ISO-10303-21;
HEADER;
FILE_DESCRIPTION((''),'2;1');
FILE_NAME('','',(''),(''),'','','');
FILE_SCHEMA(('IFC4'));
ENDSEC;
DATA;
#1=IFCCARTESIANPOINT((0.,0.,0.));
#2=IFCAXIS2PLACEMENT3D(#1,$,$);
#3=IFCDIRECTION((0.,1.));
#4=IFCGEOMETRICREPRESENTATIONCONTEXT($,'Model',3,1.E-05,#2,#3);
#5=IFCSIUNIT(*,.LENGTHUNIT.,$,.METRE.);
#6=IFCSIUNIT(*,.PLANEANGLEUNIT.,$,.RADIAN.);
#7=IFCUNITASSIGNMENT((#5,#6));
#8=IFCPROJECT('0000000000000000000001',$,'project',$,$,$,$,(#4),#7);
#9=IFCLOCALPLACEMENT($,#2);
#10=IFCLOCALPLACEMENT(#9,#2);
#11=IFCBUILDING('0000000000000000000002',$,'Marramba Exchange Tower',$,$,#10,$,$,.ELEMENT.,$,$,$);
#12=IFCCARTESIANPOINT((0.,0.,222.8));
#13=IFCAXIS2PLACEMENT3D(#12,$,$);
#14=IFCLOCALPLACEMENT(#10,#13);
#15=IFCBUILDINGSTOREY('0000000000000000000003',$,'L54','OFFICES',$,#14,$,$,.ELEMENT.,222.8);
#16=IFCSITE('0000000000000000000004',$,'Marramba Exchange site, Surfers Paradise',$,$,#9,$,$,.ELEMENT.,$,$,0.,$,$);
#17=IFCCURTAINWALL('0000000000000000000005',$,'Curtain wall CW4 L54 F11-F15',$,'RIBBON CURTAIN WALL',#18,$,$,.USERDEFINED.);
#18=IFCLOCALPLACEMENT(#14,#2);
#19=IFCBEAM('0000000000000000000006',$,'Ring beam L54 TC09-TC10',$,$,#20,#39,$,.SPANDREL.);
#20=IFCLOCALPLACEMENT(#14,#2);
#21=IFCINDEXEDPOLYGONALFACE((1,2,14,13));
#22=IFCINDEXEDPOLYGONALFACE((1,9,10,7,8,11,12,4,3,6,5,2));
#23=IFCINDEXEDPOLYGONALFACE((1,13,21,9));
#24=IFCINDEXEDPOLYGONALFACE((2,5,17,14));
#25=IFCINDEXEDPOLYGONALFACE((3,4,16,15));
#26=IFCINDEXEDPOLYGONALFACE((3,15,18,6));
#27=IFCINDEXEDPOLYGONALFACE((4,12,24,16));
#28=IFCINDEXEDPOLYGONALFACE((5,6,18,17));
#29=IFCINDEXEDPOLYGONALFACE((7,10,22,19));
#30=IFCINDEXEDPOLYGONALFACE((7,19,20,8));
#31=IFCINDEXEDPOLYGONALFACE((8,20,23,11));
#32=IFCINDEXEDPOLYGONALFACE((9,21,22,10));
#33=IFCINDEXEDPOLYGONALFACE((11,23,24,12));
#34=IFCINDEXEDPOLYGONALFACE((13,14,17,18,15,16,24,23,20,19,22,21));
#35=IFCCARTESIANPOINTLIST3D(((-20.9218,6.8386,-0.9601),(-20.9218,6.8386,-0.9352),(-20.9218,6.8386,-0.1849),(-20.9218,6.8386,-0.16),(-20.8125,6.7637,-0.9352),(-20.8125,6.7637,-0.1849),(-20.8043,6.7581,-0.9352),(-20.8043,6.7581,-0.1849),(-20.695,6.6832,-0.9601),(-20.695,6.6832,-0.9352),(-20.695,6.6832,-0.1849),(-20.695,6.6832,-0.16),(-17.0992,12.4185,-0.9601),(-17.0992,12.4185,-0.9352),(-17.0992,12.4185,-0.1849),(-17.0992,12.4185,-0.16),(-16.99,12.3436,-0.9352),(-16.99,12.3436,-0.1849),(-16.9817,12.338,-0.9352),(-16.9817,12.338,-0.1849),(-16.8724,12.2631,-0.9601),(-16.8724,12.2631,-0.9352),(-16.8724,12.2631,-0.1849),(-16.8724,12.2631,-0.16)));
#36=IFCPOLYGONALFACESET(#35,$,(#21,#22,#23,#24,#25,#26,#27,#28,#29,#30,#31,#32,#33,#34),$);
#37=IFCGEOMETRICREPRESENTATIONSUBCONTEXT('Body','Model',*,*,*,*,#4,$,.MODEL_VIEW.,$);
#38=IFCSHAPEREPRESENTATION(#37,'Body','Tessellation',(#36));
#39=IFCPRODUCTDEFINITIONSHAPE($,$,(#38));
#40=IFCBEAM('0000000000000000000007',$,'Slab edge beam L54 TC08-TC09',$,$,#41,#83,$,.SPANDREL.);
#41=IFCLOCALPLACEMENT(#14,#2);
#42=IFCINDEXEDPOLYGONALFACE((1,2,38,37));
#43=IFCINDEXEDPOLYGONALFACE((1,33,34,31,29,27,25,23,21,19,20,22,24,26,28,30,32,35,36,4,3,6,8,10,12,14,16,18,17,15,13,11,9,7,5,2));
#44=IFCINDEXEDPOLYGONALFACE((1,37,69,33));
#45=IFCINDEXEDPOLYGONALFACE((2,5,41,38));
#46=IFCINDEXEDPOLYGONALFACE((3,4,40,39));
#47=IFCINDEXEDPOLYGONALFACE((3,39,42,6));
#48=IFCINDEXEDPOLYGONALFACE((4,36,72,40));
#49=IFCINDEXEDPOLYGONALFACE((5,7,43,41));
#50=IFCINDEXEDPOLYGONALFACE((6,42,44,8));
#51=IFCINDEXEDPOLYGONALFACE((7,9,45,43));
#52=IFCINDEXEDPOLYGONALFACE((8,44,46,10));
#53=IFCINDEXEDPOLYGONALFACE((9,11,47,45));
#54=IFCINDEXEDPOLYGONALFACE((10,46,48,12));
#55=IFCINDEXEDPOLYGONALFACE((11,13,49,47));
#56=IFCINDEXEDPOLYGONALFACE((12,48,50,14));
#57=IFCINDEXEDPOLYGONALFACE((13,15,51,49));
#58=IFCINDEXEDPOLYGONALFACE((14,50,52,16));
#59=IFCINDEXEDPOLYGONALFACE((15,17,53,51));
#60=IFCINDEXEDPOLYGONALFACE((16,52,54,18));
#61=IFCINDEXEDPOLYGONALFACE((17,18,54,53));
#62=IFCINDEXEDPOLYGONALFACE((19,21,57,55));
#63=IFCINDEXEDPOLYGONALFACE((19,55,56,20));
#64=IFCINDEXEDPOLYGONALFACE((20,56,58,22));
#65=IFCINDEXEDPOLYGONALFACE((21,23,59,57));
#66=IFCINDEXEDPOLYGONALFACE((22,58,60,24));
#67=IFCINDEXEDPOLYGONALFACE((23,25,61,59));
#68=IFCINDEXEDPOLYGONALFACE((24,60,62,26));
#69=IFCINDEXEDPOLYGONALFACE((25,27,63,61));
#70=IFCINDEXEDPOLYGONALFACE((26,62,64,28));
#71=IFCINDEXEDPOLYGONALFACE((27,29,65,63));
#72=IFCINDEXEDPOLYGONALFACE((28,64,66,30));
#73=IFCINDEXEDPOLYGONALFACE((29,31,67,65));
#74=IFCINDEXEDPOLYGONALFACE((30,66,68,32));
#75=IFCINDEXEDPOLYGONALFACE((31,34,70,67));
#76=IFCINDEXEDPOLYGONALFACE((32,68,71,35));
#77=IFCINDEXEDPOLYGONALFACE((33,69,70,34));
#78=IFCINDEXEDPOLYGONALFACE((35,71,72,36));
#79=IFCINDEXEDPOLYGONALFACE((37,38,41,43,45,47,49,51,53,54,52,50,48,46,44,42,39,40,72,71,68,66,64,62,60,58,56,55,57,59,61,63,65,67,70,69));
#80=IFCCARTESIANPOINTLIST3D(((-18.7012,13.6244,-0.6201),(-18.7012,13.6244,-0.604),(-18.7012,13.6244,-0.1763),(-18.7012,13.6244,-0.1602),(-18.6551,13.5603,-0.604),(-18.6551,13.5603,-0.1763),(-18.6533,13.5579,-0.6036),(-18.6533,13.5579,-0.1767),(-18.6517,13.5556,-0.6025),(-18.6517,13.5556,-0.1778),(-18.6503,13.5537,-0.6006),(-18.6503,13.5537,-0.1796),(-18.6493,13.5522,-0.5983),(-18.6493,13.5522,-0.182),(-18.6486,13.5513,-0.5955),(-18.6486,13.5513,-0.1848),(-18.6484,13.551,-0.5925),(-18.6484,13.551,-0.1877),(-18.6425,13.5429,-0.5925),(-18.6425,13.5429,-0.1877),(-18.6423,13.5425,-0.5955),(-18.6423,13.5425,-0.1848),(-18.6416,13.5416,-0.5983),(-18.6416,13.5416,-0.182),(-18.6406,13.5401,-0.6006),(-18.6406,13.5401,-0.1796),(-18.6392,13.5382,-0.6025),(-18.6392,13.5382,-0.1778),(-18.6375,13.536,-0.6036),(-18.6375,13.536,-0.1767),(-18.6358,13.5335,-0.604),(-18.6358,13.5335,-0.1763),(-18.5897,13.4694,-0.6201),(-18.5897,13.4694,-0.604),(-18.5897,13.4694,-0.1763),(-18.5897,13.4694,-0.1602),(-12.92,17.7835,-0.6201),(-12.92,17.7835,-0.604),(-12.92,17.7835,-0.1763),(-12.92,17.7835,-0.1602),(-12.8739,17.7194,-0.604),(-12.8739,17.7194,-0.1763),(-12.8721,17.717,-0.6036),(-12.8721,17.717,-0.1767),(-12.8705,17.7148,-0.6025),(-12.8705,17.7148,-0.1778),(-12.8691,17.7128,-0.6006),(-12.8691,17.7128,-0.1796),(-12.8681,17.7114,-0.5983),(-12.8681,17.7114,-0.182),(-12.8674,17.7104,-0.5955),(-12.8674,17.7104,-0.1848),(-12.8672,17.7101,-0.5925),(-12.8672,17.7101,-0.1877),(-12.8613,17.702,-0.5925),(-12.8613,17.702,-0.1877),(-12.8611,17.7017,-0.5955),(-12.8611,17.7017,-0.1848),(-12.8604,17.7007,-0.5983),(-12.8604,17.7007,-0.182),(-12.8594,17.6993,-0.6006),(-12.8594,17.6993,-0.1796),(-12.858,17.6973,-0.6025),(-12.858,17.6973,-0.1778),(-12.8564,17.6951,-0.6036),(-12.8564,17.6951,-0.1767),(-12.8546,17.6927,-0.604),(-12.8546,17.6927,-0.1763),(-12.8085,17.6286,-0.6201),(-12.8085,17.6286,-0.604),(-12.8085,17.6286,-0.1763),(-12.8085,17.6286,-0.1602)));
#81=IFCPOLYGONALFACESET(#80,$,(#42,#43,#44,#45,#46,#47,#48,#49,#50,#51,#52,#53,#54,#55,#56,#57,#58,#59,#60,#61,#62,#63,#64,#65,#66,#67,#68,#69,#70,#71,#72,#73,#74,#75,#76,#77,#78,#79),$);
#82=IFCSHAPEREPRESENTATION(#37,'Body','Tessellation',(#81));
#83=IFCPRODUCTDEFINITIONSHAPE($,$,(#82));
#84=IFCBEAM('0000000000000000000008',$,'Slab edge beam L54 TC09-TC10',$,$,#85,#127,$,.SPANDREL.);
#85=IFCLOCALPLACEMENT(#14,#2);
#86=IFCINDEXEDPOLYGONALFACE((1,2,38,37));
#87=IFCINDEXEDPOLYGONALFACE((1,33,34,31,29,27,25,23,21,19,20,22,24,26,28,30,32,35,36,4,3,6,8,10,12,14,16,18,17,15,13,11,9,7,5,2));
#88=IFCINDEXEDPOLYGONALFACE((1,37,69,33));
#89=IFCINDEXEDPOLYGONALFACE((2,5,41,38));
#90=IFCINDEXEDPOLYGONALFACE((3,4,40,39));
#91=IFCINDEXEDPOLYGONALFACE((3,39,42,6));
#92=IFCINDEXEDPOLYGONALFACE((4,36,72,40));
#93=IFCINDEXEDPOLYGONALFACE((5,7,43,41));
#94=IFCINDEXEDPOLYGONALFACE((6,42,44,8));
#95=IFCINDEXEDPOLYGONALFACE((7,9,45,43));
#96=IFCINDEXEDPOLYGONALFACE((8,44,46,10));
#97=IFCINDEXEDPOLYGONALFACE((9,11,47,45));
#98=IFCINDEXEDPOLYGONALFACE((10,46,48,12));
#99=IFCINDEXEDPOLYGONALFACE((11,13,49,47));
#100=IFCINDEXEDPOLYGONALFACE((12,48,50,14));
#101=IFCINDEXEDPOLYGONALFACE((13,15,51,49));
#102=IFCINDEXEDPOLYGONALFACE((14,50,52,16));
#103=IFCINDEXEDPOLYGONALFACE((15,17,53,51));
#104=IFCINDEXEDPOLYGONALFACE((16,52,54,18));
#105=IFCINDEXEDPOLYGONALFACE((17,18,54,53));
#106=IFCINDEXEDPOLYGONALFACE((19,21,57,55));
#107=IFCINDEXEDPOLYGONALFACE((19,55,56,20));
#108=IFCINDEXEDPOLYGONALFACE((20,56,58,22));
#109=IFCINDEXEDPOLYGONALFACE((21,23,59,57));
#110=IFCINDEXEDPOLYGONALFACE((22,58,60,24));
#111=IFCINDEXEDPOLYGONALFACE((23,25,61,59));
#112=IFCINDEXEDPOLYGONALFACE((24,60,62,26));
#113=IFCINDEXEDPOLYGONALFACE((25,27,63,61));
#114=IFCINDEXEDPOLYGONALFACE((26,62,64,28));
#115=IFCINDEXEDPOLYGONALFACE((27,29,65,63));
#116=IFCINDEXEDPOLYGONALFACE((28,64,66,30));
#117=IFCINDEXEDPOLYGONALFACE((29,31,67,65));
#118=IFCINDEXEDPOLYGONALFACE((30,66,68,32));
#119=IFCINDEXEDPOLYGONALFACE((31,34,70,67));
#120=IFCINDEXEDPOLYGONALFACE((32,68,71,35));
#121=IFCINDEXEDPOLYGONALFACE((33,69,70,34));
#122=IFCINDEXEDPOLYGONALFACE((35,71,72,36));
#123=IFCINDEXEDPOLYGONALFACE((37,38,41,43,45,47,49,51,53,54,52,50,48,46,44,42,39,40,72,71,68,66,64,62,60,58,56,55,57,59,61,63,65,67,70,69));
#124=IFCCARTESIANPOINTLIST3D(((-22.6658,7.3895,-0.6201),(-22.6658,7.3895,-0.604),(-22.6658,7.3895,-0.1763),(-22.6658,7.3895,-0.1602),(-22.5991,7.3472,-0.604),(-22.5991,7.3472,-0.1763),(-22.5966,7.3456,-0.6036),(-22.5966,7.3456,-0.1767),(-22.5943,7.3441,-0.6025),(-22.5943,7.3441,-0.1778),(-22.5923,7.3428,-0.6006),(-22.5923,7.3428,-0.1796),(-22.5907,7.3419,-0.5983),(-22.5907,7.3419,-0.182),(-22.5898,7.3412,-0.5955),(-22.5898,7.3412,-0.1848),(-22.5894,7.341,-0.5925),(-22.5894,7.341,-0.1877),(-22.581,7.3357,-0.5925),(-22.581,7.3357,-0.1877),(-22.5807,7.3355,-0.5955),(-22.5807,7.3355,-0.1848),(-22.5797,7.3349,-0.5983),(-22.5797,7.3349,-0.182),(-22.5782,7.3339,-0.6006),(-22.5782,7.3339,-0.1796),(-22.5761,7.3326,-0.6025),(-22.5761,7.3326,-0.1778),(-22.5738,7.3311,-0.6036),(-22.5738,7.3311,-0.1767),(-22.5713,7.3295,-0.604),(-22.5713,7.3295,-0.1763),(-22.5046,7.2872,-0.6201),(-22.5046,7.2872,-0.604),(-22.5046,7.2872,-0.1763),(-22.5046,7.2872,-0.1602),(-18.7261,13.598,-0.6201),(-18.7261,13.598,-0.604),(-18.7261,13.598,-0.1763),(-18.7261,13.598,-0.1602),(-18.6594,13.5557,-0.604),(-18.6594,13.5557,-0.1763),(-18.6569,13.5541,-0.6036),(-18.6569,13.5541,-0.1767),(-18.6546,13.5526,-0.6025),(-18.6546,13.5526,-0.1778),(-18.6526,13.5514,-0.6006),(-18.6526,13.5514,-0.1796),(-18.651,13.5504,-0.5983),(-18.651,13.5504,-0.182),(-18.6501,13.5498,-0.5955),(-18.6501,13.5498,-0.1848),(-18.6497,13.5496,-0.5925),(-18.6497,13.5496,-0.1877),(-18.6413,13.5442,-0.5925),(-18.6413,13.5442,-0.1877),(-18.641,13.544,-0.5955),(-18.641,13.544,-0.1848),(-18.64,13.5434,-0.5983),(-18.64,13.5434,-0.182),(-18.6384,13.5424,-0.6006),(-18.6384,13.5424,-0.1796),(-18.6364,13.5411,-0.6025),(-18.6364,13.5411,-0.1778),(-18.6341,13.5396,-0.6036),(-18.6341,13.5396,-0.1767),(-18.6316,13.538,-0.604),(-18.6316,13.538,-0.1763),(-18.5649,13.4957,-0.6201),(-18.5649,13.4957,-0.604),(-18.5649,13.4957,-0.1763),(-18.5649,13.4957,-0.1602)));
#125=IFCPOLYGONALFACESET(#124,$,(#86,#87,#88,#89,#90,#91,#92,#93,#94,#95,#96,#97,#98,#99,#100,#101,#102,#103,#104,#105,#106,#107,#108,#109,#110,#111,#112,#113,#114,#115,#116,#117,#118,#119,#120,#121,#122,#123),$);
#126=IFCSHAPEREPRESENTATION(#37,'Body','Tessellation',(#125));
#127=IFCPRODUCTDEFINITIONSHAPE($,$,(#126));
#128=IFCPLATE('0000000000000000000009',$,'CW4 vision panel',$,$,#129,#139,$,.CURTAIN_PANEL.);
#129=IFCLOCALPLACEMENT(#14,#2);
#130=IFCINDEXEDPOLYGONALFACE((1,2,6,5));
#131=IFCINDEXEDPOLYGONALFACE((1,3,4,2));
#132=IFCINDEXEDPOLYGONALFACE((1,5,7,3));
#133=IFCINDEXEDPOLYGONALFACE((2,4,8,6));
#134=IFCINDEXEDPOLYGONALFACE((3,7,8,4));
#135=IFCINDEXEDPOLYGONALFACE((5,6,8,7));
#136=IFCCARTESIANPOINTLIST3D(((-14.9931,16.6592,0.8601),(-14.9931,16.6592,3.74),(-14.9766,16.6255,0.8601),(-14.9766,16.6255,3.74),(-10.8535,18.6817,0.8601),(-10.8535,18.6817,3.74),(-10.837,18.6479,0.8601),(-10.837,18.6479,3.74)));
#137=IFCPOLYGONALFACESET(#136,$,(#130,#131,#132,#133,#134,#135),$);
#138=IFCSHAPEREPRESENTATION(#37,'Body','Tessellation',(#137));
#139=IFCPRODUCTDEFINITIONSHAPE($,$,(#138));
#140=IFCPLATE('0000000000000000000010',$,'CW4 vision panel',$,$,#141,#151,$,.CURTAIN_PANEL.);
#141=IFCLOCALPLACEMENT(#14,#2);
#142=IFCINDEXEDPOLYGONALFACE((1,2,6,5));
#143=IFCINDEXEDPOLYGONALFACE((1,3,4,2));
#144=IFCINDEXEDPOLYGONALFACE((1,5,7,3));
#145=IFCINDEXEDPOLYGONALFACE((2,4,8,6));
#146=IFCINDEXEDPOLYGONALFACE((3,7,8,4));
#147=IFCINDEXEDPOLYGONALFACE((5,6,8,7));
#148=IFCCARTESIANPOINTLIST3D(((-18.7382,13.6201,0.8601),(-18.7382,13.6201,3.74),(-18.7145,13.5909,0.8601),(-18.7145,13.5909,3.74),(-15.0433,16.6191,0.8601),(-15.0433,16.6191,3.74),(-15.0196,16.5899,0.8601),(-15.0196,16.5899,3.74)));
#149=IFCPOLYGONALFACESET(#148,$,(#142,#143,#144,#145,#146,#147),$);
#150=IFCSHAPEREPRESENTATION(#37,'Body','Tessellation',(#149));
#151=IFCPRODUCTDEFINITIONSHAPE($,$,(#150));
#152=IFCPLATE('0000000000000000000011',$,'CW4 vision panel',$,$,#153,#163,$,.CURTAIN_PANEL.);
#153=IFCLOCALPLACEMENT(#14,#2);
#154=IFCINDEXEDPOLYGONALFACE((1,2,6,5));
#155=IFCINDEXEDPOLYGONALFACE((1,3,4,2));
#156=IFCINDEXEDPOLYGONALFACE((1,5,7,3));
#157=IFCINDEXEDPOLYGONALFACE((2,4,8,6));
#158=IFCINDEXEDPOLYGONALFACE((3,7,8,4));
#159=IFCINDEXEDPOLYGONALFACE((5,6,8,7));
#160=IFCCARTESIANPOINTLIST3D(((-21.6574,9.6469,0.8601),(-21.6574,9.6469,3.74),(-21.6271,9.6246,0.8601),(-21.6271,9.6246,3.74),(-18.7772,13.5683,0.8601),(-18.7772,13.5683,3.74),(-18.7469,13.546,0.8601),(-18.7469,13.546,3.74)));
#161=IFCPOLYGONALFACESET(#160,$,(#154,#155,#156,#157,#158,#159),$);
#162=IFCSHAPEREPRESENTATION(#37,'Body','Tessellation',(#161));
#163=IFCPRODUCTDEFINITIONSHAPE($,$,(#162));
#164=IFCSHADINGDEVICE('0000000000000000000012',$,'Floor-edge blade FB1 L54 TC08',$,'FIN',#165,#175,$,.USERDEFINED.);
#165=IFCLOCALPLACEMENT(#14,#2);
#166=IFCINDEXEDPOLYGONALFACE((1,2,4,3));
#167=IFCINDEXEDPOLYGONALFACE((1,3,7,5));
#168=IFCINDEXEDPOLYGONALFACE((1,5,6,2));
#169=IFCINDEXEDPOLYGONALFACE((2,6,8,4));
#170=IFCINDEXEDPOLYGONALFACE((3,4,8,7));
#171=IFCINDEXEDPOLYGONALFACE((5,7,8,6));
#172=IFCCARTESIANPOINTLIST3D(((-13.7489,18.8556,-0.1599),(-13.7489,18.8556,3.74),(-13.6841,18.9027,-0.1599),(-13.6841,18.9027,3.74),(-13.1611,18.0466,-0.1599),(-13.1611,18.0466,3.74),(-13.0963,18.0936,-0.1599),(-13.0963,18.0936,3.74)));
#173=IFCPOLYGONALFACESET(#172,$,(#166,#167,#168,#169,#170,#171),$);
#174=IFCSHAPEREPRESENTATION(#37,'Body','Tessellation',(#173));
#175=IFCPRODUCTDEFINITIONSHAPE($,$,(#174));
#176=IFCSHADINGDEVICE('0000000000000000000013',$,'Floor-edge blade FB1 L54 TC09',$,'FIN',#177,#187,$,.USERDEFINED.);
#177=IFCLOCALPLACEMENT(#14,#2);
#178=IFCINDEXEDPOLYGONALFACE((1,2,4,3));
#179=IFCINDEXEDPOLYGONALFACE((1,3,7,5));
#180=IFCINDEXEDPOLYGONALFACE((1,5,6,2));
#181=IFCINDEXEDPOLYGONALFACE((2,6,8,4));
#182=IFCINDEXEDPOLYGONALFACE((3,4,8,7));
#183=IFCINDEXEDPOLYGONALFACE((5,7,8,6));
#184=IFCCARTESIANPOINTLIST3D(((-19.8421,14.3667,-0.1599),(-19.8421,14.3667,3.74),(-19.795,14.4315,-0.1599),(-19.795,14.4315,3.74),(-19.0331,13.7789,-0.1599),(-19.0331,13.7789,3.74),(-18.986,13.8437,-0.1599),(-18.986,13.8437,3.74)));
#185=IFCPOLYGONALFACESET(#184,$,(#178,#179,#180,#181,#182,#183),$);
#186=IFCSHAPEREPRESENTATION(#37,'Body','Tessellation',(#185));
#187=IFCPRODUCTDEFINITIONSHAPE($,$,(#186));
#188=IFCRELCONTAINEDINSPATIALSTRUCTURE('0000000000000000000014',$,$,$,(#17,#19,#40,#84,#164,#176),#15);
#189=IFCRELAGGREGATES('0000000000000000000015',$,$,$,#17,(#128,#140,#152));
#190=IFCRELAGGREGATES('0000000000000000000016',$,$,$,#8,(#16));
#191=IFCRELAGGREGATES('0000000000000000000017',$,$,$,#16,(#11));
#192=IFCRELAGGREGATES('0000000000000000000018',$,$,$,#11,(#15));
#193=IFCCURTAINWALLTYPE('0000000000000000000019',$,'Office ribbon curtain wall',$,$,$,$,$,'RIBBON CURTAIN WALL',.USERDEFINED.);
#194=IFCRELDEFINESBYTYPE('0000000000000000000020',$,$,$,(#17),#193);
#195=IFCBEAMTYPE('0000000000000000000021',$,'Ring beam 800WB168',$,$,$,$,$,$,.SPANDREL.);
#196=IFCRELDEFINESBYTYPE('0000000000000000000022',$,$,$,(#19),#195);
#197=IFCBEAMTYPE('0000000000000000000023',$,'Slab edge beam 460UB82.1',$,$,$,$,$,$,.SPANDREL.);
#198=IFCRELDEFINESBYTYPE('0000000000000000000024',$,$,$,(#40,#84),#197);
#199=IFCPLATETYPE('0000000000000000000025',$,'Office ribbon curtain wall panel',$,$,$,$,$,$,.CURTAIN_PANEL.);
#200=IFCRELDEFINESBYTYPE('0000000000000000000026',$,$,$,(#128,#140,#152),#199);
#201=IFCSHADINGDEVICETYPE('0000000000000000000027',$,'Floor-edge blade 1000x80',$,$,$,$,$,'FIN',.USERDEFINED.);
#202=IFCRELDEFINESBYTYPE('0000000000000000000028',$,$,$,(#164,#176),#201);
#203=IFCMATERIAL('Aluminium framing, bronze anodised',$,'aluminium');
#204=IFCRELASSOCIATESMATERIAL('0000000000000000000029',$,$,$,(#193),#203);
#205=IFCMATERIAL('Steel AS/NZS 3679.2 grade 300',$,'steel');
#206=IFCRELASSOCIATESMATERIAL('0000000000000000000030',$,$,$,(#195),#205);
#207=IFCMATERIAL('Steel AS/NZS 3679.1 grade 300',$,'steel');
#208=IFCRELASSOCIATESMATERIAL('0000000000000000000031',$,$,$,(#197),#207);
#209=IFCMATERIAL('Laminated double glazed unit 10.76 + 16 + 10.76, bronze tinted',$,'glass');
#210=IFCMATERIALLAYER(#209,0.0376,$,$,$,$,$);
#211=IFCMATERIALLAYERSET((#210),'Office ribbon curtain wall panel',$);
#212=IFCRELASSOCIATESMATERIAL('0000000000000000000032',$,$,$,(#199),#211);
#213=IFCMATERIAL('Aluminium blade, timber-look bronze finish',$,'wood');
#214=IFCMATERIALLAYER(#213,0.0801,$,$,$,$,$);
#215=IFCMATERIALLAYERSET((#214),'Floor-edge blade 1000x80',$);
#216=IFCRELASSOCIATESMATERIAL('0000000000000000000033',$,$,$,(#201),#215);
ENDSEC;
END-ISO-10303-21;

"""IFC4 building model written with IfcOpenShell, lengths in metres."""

from ifc_helpers import new_model, si_unit, direction, frame, origin, origin_2d, place, context, subcontext, project, spatial, rectangle, i_section, extrude, material, layer, layer_set, material_profile, profile_set, type_object, element, aggregate, save


model = new_model("IFC4")

# Units and contexts
model_context = context("Model", 3, precision=1e-05, world=origin(), true_north=direction((0.0, 1.0)))
body_context = subcontext(model_context, "Body", "Model", "MODEL_VIEW")
ifc_project = project(units=[si_unit("LENGTHUNIT", "METRE"), si_unit("PLANEANGLEUNIT", "RADIAN")], contexts=[model_context])

# Site, building, storey
site_placement = place(None, origin())
site = spatial("IfcSite", under=ifc_project, at=site_placement, Name="Marramba Exchange site, Surfers Paradise", CompositionType="ELEMENT", RefElevation=0.0)
building_placement = place(site_placement, origin())
building = spatial("IfcBuilding", under=site, at=building_placement, Name="Marramba Exchange Tower", CompositionType="ELEMENT")
storey_placement = place(building_placement, frame((0.0, 0.0, 222.8)))
storey = spatial("IfcBuildingStorey", under=building, at=storey_placement, Name="L54", Description="OFFICES", CompositionType="ELEMENT", Elevation=222.8)

# Shared definitions
ifc_material_1 = material(Name="Steel AS/NZS 3679.2 grade 300", Category="steel")
ifc_material_2 = material(Name="Steel AS/NZS 3679.1 grade 300", Category="steel")

# Curtain wall
ifc_material_3 = material(Name="Aluminium framing, bronze anodised", Category="aluminium")
curtain_wall_type = type_object("IfcCurtainWallType", Name="Office ribbon curtain wall", ElementType="RIBBON CURTAIN WALL", PredefinedType="USERDEFINED", material=ifc_material_3)
curtain_wall_placement = place(storey_placement, origin())
curtain_wall = element("IfcCurtainWall", 1, at=curtain_wall_placement, inside=storey, type_object=curtain_wall_type, Name="Curtain wall CW4 L54 F11-F15", ObjectType="RIBBON CURTAIN WALL", PredefinedType="USERDEFINED")

# Beams
ifc_material_profile_1 = material_profile(ifc_material_1, i_section(OverallWidth=0.2749, OverallDepth=0.8, WebThickness=0.01, FlangeThickness=0.0249, at=origin_2d()), Name="800WB168")
ifc_profile_set_1 = profile_set([ifc_material_profile_1], Name="Steel AS/NZS 3679.2 grade 300")
beam_type_1 = type_object("IfcBeamType", Name="Ring beam 800WB168", PredefinedType="SPANDREL", material=ifc_profile_set_1)
beam_1_placement = place(storey_placement, frame((-16.9858, 12.3408, -0.5601), z_axis=(-0.56516, -0.824981, 0.0), x_axis=(0.824981, -0.56516, 0.0)))
element("IfcBeam", 2, at=beam_1_placement, inside=storey, type_object=beam_type_1, Name="Ring beam L54 TC09-TC10", PredefinedType="SPANDREL", context=body_context, shape_type="SweptSolid", body=[
    extrude(i_section(OverallWidth=0.2749, OverallDepth=0.8, WebThickness=0.01, FlangeThickness=0.0249, at=origin_2d()), origin(), (0.0, 0.0, 1.0), 6.7637),
])
ifc_material_profile_2 = material_profile(ifc_material_2, i_section(OverallWidth=0.1909, OverallDepth=0.46, WebThickness=0.01, FlangeThickness=0.0161, FilletRadius=0.0115, at=origin_2d()), Name="460UB82.1")
ifc_profile_set_2 = profile_set([ifc_material_profile_2], Name="Steel AS/NZS 3679.1 grade 300")
beam_type_2 = type_object("IfcBeamType", Name="Slab edge beam 460UB82.1", PredefinedType="SPANDREL", material=ifc_profile_set_2)
beam_2_placement = place(storey_placement, frame((-12.8643, 17.7061, -0.3901), z_axis=(-0.811755, -0.583998, 0.0), x_axis=(0.583998, -0.811755, 0.0)))
element("IfcBeam", 3, at=beam_2_placement, inside=storey, type_object=beam_type_2, Name="Slab edge beam L54 TC08-TC09", PredefinedType="SPANDREL", context=body_context, shape_type="SweptSolid", body=[
    extrude(i_section(OverallWidth=0.1909, OverallDepth=0.46, WebThickness=0.01, FlangeThickness=0.0161, FilletRadius=0.0115, at=origin_2d()), origin(), (0.0, 0.0, 1.0), 7.1218),
])
beam_3_placement = place(storey_placement, frame((-18.6455, 13.5469, -0.3901), z_axis=(-0.535794, -0.844348, 0.0), x_axis=(0.844348, -0.535794, 0.0)))
element("IfcBeam", 4, at=beam_3_placement, inside=storey, type_object=beam_type_2, Name="Slab edge beam L54 TC09-TC10", PredefinedType="SPANDREL", context=body_context, shape_type="SweptSolid", body=[
    extrude(i_section(OverallWidth=0.1909, OverallDepth=0.46, WebThickness=0.01, FlangeThickness=0.0161, FilletRadius=0.0115, at=origin_2d()), origin(), (0.0, 0.0, 1.0), 7.353),
])

# Plates
ifc_material_4 = material(Name="Laminated double glazed unit 10.76 + 16 + 10.76, bronze tinted", Category="glass")
ifc_layer_1 = layer(ifc_material_4, 0.0376)
ifc_layer_set_1 = layer_set([ifc_layer_1], Name="Office ribbon curtain wall panel")
plate_type = type_object("IfcPlateType", Name="Office ribbon curtain wall panel", PredefinedType="CURTAIN_PANEL", material=ifc_layer_set_1)
plate_1_placement = place(storey_placement, frame((-12.915, 17.6536, 0.8601), z_axis=(0.0, 0.0, 1.0), x_axis=(-0.898501, -0.438972, 0.0)))
plate_1 = element("IfcPlate", 5, at=plate_1_placement, type_object=plate_type, Name="CW4 vision panel", PredefinedType="CURTAIN_PANEL", context=body_context, shape_type="SweptSolid", body=[
    extrude(rectangle(XDim=4.6072, YDim=0.0376, at=origin_2d()), origin(), (0.0, 0.0, 1.0), 2.8799),
])
plate_2_placement = place(storey_placement, frame((-16.8789, 15.105, 0.8601), z_axis=(0.0, 0.0, 1.0), x_axis=(-0.776432, -0.630201, 0.0)))
plate_2 = element("IfcPlate", 6, at=plate_2_placement, type_object=plate_type, Name="CW4 vision panel", PredefinedType="CURTAIN_PANEL", context=body_context, shape_type="SweptSolid", body=[
    extrude(rectangle(XDim=4.7588, YDim=0.0376, at=origin_2d()), origin(), (0.0, 0.0, 1.0), 2.8799),
])
plate_3_placement = place(storey_placement, frame((-20.2021, 11.5964, 0.8601), z_axis=(0.0, 0.0, 1.0), x_axis=(-0.591963, -0.805965, 0.0)))
plate_3 = element("IfcPlate", 7, at=plate_3_placement, type_object=plate_type, Name="CW4 vision panel", PredefinedType="CURTAIN_PANEL", context=body_context, shape_type="SweptSolid", body=[
    extrude(rectangle(XDim=4.8655, YDim=0.0376, at=origin_2d()), origin(), (0.0, 0.0, 1.0), 2.8799),
])
aggregate(curtain_wall, [plate_1, plate_2, plate_3])

# Shading devices
ifc_material_5 = material(Name="Aluminium blade, timber-look bronze finish", Category="wood")
ifc_layer_2 = layer(ifc_material_5, 0.0801)
ifc_layer_set_2 = layer_set([ifc_layer_2], Name="Floor-edge blade 1000x80")
shading_device_type_1 = type_object("IfcShadingDeviceType", Name="Floor-edge blade 1000x80", ElementType="FIN", PredefinedType="USERDEFINED", material=ifc_layer_set_2)
for number, where, z_axis, x_axis, name in (
    (8, (-13.4226, 18.4746, -0.1599), (0.0, 0.0, 1.0), (-0.587785, 0.809017, 0.0), "Floor-edge blade FB1 L54 TC08"),
    (9, (-19.4141, 14.1052, -0.1599), (0.0, 0.0, 1.0), (-0.809017, 0.587785, 0.0), "Floor-edge blade FB1 L54 TC09"),
):
    element("IfcShadingDevice", number, at=place(storey_placement, frame(where, z_axis=z_axis, x_axis=x_axis)), inside=storey, type_object=shading_device_type_1, Name=name, ObjectType="FIN", PredefinedType="USERDEFINED", context=body_context, shape_type="SweptSolid", body=[
        extrude(rectangle(XDim=1.0, YDim=0.0801, at=origin_2d()), origin(), (0.0, 0.0, 1.0), 3.8999),
    ])

save(model, "model.ifc")
